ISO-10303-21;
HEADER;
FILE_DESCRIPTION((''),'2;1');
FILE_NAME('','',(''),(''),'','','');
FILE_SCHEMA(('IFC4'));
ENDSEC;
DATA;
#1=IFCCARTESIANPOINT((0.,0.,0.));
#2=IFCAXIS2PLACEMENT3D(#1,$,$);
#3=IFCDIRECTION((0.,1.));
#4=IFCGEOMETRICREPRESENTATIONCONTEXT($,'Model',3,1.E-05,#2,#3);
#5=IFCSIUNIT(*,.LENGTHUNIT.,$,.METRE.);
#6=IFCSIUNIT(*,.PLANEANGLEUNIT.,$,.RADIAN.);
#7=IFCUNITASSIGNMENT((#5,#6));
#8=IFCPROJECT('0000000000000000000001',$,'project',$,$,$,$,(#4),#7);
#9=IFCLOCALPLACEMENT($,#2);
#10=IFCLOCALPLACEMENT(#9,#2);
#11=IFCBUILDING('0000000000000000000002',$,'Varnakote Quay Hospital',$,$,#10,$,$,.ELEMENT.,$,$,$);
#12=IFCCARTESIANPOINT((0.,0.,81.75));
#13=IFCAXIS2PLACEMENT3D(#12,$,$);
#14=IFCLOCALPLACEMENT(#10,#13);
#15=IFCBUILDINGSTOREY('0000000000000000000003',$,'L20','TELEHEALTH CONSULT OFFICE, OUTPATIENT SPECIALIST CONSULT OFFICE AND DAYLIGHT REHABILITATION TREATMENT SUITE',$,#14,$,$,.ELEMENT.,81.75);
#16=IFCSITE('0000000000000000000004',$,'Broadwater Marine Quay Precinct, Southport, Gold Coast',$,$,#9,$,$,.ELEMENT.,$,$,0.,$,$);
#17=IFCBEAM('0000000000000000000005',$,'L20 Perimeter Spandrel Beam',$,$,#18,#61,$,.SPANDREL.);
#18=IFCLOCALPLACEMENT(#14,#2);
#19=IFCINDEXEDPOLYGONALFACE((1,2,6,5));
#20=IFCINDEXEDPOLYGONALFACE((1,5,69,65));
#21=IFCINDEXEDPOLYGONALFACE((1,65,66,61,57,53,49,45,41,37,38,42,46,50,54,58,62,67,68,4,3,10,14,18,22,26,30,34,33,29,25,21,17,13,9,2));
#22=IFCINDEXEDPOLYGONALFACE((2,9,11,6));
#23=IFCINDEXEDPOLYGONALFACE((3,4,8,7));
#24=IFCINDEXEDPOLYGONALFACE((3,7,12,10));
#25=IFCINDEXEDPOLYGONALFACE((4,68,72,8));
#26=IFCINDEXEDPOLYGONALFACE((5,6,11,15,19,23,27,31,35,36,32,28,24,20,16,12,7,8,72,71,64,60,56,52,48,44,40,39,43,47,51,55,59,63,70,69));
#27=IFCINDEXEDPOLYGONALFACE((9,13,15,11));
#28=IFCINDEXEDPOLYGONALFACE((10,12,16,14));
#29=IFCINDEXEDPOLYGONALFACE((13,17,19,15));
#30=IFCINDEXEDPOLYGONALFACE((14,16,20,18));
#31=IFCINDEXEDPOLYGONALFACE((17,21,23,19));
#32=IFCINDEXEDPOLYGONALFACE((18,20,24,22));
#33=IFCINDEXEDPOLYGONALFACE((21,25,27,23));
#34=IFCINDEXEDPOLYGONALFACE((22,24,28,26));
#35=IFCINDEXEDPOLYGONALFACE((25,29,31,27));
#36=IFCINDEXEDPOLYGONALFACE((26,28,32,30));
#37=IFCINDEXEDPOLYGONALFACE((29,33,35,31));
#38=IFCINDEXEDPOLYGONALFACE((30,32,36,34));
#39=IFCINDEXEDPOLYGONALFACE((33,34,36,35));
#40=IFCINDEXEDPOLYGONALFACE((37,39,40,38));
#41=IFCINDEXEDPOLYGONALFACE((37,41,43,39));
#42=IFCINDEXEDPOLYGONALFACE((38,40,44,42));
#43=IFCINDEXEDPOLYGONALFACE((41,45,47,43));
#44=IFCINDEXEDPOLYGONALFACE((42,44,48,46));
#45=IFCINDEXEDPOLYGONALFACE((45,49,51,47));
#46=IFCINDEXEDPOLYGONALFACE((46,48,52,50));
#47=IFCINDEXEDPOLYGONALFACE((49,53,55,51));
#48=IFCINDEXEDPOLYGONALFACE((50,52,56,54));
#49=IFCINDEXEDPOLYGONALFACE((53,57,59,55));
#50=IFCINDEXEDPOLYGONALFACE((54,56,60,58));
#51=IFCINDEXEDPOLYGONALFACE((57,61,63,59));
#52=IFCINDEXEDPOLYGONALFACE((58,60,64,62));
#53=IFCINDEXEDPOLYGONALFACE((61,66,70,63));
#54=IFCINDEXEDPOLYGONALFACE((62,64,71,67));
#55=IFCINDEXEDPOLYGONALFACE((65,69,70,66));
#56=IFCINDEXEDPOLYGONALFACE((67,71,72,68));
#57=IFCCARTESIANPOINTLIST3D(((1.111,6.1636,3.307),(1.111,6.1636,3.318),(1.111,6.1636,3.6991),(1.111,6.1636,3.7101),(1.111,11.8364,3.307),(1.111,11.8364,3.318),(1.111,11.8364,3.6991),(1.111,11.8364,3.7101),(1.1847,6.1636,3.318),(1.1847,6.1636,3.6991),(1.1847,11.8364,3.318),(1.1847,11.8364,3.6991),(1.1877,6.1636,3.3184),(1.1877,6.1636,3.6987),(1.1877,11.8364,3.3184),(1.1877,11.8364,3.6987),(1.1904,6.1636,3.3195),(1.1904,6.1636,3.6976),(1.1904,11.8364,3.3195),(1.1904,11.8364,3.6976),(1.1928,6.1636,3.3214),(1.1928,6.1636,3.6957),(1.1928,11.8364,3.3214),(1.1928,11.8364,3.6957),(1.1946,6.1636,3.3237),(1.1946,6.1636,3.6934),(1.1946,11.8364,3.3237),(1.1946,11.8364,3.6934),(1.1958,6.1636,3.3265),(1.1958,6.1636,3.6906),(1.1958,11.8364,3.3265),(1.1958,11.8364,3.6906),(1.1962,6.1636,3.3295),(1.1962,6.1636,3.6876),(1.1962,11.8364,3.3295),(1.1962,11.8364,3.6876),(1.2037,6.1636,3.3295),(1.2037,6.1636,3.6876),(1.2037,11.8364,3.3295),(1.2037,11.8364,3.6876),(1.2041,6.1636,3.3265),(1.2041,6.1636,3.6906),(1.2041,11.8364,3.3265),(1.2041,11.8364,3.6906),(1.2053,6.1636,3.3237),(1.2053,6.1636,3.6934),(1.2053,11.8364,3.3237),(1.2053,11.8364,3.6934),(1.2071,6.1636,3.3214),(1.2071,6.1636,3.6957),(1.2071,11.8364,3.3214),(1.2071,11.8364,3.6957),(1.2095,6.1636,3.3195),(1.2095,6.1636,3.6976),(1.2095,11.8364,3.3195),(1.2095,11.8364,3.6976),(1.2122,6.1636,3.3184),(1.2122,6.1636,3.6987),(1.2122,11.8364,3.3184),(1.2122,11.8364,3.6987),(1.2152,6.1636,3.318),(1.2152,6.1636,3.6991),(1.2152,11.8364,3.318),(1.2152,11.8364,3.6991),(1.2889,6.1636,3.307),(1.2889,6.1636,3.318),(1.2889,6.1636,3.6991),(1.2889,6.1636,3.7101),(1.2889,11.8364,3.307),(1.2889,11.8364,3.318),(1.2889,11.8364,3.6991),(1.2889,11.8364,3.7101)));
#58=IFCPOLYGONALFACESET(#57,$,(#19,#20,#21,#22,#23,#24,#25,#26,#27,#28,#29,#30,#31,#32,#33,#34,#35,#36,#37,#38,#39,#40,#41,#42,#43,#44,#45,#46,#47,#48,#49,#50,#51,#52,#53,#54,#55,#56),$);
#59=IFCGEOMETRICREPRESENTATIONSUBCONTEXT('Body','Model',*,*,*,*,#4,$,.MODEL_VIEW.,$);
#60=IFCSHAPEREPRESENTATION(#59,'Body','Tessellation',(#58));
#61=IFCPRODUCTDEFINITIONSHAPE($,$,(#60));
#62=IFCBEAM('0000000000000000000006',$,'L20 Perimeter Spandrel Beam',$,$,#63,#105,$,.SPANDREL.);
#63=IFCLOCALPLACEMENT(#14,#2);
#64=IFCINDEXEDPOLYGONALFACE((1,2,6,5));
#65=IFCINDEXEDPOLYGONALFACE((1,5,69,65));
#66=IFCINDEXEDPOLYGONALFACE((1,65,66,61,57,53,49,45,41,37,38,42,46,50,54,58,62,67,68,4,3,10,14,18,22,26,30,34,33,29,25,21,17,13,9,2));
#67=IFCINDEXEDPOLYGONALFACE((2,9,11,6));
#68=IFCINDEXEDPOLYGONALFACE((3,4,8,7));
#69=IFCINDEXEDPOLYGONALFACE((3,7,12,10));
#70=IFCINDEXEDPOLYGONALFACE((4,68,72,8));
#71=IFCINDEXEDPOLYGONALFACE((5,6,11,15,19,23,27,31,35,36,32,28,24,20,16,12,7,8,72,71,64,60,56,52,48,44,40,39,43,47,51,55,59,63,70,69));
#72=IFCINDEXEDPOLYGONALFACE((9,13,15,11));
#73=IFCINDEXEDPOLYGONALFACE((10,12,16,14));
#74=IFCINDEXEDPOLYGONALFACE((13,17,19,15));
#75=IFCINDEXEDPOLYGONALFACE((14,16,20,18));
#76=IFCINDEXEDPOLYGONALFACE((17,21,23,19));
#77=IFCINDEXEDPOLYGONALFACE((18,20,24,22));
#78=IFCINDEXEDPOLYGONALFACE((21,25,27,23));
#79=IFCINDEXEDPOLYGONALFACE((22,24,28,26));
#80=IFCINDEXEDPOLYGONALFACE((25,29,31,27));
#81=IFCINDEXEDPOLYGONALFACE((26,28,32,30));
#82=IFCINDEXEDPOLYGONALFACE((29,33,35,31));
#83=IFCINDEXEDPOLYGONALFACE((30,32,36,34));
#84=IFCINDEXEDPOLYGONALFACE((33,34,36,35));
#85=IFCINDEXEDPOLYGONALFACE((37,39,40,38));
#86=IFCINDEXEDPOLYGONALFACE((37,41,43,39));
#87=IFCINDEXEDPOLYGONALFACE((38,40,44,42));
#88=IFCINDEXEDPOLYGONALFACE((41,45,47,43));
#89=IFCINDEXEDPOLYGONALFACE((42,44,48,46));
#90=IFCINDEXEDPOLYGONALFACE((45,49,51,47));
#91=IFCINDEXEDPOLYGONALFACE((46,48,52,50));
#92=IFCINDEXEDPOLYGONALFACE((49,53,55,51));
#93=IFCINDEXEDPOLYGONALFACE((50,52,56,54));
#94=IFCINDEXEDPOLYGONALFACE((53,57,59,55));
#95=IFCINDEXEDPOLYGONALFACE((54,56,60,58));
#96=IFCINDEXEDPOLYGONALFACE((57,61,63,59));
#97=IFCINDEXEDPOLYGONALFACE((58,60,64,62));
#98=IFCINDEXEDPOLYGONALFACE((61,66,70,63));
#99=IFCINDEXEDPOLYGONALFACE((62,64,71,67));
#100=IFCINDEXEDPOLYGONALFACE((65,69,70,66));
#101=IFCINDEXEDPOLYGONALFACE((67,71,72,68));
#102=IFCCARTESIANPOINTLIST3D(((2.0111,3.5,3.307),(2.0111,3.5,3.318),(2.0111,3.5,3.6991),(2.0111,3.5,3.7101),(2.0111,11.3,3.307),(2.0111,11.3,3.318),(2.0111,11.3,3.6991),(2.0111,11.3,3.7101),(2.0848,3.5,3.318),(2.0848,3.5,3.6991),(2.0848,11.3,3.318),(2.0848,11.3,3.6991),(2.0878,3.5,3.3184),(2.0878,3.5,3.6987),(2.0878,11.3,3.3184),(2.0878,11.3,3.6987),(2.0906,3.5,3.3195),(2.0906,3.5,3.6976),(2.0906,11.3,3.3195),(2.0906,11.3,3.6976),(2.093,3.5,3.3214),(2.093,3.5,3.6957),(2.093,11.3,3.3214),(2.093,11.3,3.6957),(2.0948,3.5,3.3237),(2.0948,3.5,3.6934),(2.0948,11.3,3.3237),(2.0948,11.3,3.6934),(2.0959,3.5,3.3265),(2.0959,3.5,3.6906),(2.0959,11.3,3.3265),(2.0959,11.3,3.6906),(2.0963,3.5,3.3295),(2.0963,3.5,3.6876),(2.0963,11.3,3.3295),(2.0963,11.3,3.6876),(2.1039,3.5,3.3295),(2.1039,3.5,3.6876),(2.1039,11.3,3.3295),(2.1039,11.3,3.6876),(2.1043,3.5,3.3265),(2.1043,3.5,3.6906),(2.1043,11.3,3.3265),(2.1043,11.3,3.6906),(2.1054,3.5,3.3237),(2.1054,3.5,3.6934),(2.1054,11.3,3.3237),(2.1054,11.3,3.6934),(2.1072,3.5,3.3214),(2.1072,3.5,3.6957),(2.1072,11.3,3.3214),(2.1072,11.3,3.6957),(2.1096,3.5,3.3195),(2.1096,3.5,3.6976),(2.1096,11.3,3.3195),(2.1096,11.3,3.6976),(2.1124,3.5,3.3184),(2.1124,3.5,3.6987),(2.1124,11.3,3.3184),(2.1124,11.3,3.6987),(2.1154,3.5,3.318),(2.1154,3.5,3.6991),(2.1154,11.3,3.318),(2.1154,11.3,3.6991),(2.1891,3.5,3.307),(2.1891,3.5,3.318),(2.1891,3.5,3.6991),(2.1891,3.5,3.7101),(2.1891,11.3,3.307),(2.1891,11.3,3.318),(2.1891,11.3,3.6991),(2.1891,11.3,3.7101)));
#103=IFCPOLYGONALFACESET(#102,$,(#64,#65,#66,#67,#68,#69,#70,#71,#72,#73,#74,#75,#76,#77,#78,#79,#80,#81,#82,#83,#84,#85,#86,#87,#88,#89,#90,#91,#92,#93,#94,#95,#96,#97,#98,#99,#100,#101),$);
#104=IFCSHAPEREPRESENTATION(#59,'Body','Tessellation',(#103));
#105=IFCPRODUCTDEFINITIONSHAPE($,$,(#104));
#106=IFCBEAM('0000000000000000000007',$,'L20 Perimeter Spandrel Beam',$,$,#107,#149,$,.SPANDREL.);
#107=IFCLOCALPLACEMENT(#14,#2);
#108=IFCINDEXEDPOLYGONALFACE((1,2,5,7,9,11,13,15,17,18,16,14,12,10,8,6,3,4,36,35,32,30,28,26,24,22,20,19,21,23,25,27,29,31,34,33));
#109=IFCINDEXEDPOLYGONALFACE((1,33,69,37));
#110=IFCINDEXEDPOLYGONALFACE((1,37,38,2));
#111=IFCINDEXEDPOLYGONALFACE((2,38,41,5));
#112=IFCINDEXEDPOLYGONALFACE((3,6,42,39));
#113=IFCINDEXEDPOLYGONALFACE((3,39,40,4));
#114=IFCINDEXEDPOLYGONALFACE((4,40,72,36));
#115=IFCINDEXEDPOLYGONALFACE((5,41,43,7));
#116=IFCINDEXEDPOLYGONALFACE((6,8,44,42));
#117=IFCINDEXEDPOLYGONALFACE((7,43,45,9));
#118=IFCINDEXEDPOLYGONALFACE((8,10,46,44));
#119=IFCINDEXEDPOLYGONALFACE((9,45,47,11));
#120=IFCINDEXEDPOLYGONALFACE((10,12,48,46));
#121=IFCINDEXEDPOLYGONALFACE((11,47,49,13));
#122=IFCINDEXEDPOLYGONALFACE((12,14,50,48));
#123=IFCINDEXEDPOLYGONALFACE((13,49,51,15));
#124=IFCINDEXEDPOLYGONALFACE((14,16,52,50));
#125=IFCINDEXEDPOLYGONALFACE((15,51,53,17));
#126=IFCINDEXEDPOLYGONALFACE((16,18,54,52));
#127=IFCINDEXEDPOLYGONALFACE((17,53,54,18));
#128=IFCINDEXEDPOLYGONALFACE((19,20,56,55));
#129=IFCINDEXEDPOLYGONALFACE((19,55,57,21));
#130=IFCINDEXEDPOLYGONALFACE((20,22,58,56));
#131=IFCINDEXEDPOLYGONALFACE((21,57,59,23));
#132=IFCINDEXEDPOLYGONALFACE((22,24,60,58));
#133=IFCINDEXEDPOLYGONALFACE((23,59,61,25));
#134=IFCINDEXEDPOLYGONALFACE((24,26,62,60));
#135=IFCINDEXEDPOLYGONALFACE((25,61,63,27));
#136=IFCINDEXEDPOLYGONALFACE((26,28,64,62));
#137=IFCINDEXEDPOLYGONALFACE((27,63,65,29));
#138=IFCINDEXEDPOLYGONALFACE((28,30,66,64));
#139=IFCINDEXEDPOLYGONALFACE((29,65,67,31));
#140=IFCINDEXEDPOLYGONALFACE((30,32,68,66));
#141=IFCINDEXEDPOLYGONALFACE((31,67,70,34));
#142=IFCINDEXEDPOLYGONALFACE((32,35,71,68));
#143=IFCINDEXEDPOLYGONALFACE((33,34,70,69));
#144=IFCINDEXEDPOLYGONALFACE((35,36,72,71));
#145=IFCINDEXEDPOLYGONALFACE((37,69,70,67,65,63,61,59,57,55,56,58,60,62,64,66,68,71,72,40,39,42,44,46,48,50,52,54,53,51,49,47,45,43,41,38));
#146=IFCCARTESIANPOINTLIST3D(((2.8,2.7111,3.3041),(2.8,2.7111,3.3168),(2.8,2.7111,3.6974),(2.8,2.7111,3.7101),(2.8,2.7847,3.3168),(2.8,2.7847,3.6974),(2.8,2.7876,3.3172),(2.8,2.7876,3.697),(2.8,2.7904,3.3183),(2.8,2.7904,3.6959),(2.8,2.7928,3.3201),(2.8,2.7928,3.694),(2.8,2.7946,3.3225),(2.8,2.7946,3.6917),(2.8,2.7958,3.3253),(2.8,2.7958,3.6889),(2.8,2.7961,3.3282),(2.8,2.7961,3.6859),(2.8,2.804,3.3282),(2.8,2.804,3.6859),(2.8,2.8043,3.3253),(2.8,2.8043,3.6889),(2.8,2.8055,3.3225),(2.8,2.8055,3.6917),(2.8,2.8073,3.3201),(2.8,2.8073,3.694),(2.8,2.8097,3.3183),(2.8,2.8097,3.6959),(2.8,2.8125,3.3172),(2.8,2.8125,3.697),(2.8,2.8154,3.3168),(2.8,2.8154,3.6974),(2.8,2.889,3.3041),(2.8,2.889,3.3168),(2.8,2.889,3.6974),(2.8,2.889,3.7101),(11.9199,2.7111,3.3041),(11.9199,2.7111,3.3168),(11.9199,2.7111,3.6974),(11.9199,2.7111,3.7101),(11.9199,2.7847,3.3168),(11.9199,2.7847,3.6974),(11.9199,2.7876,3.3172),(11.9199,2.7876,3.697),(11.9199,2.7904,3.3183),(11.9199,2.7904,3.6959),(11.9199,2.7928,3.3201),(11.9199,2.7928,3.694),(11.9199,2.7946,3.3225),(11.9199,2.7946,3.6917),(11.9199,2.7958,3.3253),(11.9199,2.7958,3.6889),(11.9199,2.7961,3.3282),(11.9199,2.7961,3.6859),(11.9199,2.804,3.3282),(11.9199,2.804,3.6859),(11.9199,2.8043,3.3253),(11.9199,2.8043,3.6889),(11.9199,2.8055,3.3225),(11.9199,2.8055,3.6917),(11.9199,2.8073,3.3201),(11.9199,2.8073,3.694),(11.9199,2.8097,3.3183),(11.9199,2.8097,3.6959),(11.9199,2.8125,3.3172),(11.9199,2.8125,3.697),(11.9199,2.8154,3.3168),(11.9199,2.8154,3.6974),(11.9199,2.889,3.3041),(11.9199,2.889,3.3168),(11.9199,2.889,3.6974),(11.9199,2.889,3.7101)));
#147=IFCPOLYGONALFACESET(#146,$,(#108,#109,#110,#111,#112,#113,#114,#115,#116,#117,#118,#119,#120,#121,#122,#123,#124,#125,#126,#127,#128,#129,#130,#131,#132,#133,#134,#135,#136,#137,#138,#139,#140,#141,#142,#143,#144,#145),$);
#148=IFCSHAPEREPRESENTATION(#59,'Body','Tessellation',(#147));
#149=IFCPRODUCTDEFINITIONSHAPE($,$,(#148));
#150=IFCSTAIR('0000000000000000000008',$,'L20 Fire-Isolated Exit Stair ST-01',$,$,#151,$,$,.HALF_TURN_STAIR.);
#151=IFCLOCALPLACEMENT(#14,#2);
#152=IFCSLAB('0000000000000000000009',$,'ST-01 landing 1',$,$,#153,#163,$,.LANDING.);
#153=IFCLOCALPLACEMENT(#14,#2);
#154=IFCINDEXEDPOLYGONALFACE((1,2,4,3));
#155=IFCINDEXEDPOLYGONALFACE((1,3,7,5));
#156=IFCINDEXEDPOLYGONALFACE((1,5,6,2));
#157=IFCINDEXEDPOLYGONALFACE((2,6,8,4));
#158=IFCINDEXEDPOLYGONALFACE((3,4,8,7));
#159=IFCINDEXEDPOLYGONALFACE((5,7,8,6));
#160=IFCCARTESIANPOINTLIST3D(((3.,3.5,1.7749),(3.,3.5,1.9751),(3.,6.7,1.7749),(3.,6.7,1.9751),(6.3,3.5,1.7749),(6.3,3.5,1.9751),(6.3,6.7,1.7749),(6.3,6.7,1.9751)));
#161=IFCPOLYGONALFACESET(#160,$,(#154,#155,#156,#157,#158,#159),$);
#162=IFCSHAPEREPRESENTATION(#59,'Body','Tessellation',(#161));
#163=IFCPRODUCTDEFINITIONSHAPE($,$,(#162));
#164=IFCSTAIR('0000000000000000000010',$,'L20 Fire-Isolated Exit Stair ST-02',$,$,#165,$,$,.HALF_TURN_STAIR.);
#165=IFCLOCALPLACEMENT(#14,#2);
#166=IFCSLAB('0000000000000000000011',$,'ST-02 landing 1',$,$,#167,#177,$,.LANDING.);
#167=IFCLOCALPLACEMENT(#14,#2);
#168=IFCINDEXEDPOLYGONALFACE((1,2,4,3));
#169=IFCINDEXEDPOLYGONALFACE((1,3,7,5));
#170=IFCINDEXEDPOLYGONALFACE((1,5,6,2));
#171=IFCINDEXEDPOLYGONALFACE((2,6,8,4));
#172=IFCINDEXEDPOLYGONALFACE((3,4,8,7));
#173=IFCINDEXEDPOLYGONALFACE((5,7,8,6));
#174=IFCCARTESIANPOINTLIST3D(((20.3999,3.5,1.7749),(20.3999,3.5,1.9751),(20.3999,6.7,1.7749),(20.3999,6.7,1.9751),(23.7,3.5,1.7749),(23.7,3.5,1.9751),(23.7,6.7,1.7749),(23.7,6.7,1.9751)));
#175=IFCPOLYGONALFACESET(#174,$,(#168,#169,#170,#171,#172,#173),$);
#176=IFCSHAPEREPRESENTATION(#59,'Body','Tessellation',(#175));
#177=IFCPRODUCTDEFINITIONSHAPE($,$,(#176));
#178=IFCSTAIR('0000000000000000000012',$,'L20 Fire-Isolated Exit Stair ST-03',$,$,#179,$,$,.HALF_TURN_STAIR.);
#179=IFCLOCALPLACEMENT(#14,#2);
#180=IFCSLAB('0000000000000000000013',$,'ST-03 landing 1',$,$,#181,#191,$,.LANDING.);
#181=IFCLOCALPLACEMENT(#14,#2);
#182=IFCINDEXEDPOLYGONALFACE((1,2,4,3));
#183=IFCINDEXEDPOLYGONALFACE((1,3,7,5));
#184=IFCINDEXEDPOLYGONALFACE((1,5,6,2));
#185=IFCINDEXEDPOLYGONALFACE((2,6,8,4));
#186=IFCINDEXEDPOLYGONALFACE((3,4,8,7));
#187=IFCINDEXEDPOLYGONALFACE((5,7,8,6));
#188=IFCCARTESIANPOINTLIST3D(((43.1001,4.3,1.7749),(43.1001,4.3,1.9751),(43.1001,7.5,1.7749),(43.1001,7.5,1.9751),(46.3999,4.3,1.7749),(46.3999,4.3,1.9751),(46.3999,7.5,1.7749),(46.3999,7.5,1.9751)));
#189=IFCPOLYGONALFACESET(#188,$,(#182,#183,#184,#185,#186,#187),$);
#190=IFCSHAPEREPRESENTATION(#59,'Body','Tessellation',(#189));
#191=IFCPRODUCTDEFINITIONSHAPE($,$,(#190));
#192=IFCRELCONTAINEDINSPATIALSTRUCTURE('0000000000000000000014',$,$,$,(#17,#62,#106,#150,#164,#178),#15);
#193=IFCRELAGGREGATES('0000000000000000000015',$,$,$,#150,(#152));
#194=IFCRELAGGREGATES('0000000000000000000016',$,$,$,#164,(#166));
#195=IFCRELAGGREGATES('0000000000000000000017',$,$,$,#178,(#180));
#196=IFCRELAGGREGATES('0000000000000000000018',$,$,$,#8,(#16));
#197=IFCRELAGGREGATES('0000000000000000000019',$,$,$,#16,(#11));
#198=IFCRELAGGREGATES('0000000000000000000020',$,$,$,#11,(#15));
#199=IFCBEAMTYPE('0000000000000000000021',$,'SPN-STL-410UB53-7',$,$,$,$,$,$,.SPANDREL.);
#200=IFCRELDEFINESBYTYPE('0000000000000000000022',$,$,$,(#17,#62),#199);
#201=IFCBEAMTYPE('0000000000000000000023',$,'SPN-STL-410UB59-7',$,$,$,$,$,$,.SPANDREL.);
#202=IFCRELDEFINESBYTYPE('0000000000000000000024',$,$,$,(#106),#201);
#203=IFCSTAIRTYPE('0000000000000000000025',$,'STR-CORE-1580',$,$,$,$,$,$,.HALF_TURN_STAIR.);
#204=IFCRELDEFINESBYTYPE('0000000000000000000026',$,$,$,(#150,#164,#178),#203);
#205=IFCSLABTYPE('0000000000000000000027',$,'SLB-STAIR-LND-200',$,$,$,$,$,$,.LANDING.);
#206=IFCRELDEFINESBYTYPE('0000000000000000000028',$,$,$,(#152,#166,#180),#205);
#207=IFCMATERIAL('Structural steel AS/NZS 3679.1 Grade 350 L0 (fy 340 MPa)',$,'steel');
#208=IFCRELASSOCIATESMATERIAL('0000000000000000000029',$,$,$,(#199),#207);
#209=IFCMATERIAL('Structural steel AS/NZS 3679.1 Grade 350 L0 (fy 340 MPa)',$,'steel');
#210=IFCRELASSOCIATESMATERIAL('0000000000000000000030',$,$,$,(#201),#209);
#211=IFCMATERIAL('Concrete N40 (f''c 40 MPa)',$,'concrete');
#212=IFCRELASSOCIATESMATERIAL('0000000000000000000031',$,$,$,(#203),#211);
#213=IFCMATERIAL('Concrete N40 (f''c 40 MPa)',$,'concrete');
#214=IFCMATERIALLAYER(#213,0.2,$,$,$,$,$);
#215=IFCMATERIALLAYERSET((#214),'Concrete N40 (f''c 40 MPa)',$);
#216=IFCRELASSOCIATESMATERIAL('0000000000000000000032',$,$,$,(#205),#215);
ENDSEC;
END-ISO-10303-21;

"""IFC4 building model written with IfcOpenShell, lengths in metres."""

from ifc_helpers import new_model, si_unit, direction, frame, origin, origin_2d, place, context, subcontext, project, spatial, polyline, i_section, outline, extrude, material, layer, layer_set, material_profile, profile_set, type_object, element, aggregate, save


model = new_model("IFC4")

# Units and contexts
model_context = context("Model", 3, precision=1e-05, world=origin(), true_north=direction((0.0, 1.0)))
body_context = subcontext(model_context, "Body", "Model", "MODEL_VIEW")
ifc_project = project(units=[si_unit("LENGTHUNIT", "METRE"), si_unit("PLANEANGLEUNIT", "RADIAN")], contexts=[model_context])

# Site, building, storey
site_placement = place(None, origin())
site = spatial("IfcSite", under=ifc_project, at=site_placement, Name="Broadwater Marine Quay Precinct, Southport, Gold Coast", CompositionType="ELEMENT", RefElevation=0.0)
building_placement = place(site_placement, origin())
building = spatial("IfcBuilding", under=site, at=building_placement, Name="Varnakote Quay Hospital", CompositionType="ELEMENT")
storey_placement = place(building_placement, frame((0.0, 0.0, 81.75)))
storey = spatial("IfcBuildingStorey", under=building, at=storey_placement, Name="L20", Description="TELEHEALTH CONSULT OFFICE, OUTPATIENT SPECIALIST CONSULT OFFICE AND DAYLIGHT REHABILITATION TREATMENT SUITE", CompositionType="ELEMENT", Elevation=81.75)

# Beams
ifc_material_1 = material(Name="Structural steel AS/NZS 3679.1 Grade 350 L0 (fy 340 MPa)", Category="steel")
ifc_material_profile_1 = material_profile(ifc_material_1, i_section(OverallWidth=0.178, OverallDepth=0.4031, WebThickness=0.0076, FlangeThickness=0.011, FilletRadius=0.0115, at=origin_2d()), Name="410UB53.7")
ifc_profile_set_1 = profile_set([ifc_material_profile_1], Name="Structural steel AS/NZS 3679.1 Grade 350 L0 (fy 340 MPa)")
beam_type_1 = type_object("IfcBeamType", Name="SPN-STL-410UB53-7", PredefinedType="SPANDREL", material=ifc_profile_set_1)
beam_1_placement = place(storey_placement, frame((1.2, 6.1636, 3.5085), z_axis=(0.0, 1.0, 0.0), x_axis=(-1.0, 0.0, 0.0)))
element("IfcBeam", 1, at=beam_1_placement, inside=storey, type_object=beam_type_1, Name="L20 Perimeter Spandrel Beam", PredefinedType="SPANDREL", context=body_context, shape_type="SweptSolid", body=[
    extrude(i_section(OverallWidth=0.178, OverallDepth=0.4031, WebThickness=0.0076, FlangeThickness=0.011, FilletRadius=0.0115, at=origin_2d()), origin(), (0.0, 0.0, 1.0), 5.6729),
])
beam_2_placement = place(storey_placement, frame((2.1001, 3.5, 3.5085), z_axis=(0.0, 1.0, 0.0), x_axis=(-1.0, 0.0, 0.0)))
element("IfcBeam", 2, at=beam_2_placement, inside=storey, type_object=beam_type_1, Name="L20 Perimeter Spandrel Beam", PredefinedType="SPANDREL", context=body_context, shape_type="SweptSolid", body=[
    extrude(i_section(OverallWidth=0.178, OverallDepth=0.4031, WebThickness=0.0076, FlangeThickness=0.011, FilletRadius=0.0115, at=origin_2d()), origin(), (0.0, 0.0, 1.0), 7.8),
])
ifc_material_2 = material(Name="Structural steel AS/NZS 3679.1 Grade 350 L0 (fy 340 MPa)", Category="steel")
ifc_material_profile_2 = material_profile(ifc_material_2, i_section(OverallWidth=0.178, OverallDepth=0.406, WebThickness=0.0078, FlangeThickness=0.0127, FilletRadius=0.0115, at=origin_2d()), Name="410UB59.7")
ifc_profile_set_2 = profile_set([ifc_material_profile_2], Name="Structural steel AS/NZS 3679.1 Grade 350 L0 (fy 340 MPa)")
beam_type_2 = type_object("IfcBeamType", Name="SPN-STL-410UB59-7", PredefinedType="SPANDREL", material=ifc_profile_set_2)
beam_3_placement = place(storey_placement, frame((2.8, 2.8, 3.5071), z_axis=(1.0, 0.0, 0.0), x_axis=(0.0, 1.0, 0.0)))
element("IfcBeam", 3, at=beam_3_placement, inside=storey, type_object=beam_type_2, Name="L20 Perimeter Spandrel Beam", PredefinedType="SPANDREL", context=body_context, shape_type="SweptSolid", body=[
    extrude(i_section(OverallWidth=0.178, OverallDepth=0.406, WebThickness=0.0078, FlangeThickness=0.0127, FilletRadius=0.0115, at=origin_2d()), origin(), (0.0, 0.0, 1.0), 9.1199),
])

# Stairs, slabs
ifc_material_3 = material(Name="Concrete N40 (f'c 40 MPa)", Category="concrete")
stair_type = type_object("IfcStairType", Name="STR-CORE-1580", PredefinedType="HALF_TURN_STAIR", material=ifc_material_3)
stair_1_placement = place(storey_placement, origin())
stair_1 = element("IfcStair", 4, at=stair_1_placement, inside=storey, type_object=stair_type, Name="L20 Fire-Isolated Exit Stair ST-01", PredefinedType="HALF_TURN_STAIR")
ifc_material_4 = material(Name="Concrete N40 (f'c 40 MPa)", Category="concrete")
ifc_layer_1 = layer(ifc_material_4, 0.2)
ifc_layer_set_1 = layer_set([ifc_layer_1], Name="Concrete N40 (f'c 40 MPa)")
slab_type_1 = type_object("IfcSlabType", Name="SLB-STAIR-LND-200", PredefinedType="LANDING", material=ifc_layer_set_1)
slab_1_placement = place(storey_placement, frame((0.0, 0.0, 1.7749)))
slab_1 = element("IfcSlab", 5, at=slab_1_placement, type_object=slab_type_1, Name="ST-01 landing 1", PredefinedType="LANDING", context=body_context, shape_type="SweptSolid", body=[
    extrude(outline(polyline([(3.0, 6.7), (3.0, 3.5), (6.3, 3.5), (6.3, 6.7), (3.0, 6.7)])), origin(), (0.0, 0.0, 1.0), 0.2002),
])
aggregate(stair_1, [slab_1])
stair_2_placement = place(storey_placement, origin())
stair_2 = element("IfcStair", 6, at=stair_2_placement, inside=storey, type_object=stair_type, Name="L20 Fire-Isolated Exit Stair ST-02", PredefinedType="HALF_TURN_STAIR")
slab_2_placement = place(storey_placement, frame((0.0, 0.0, 1.7749)))
slab_2 = element("IfcSlab", 7, at=slab_2_placement, type_object=slab_type_1, Name="ST-02 landing 1", PredefinedType="LANDING", context=body_context, shape_type="SweptSolid", body=[
    extrude(outline(polyline([(20.3999, 6.7), (20.3999, 3.5), (23.7, 3.5), (23.7, 6.7), (20.3999, 6.7)])), origin(), (0.0, 0.0, 1.0), 0.2002),
])
aggregate(stair_2, [slab_2])
stair_3_placement = place(storey_placement, origin())
stair_3 = element("IfcStair", 8, at=stair_3_placement, inside=storey, type_object=stair_type, Name="L20 Fire-Isolated Exit Stair ST-03", PredefinedType="HALF_TURN_STAIR")
slab_3_placement = place(storey_placement, frame((0.0, 0.0, 1.7749)))
slab_3 = element("IfcSlab", 9, at=slab_3_placement, type_object=slab_type_1, Name="ST-03 landing 1", PredefinedType="LANDING", context=body_context, shape_type="SweptSolid", body=[
    extrude(outline(polyline([(43.1001, 7.5), (43.1001, 4.3), (46.3999, 4.3), (46.3999, 7.5), (43.1001, 7.5)])), origin(), (0.0, 0.0, 1.0), 0.2002),
])
aggregate(stair_3, [slab_3])

save(model, "model.ifc")
